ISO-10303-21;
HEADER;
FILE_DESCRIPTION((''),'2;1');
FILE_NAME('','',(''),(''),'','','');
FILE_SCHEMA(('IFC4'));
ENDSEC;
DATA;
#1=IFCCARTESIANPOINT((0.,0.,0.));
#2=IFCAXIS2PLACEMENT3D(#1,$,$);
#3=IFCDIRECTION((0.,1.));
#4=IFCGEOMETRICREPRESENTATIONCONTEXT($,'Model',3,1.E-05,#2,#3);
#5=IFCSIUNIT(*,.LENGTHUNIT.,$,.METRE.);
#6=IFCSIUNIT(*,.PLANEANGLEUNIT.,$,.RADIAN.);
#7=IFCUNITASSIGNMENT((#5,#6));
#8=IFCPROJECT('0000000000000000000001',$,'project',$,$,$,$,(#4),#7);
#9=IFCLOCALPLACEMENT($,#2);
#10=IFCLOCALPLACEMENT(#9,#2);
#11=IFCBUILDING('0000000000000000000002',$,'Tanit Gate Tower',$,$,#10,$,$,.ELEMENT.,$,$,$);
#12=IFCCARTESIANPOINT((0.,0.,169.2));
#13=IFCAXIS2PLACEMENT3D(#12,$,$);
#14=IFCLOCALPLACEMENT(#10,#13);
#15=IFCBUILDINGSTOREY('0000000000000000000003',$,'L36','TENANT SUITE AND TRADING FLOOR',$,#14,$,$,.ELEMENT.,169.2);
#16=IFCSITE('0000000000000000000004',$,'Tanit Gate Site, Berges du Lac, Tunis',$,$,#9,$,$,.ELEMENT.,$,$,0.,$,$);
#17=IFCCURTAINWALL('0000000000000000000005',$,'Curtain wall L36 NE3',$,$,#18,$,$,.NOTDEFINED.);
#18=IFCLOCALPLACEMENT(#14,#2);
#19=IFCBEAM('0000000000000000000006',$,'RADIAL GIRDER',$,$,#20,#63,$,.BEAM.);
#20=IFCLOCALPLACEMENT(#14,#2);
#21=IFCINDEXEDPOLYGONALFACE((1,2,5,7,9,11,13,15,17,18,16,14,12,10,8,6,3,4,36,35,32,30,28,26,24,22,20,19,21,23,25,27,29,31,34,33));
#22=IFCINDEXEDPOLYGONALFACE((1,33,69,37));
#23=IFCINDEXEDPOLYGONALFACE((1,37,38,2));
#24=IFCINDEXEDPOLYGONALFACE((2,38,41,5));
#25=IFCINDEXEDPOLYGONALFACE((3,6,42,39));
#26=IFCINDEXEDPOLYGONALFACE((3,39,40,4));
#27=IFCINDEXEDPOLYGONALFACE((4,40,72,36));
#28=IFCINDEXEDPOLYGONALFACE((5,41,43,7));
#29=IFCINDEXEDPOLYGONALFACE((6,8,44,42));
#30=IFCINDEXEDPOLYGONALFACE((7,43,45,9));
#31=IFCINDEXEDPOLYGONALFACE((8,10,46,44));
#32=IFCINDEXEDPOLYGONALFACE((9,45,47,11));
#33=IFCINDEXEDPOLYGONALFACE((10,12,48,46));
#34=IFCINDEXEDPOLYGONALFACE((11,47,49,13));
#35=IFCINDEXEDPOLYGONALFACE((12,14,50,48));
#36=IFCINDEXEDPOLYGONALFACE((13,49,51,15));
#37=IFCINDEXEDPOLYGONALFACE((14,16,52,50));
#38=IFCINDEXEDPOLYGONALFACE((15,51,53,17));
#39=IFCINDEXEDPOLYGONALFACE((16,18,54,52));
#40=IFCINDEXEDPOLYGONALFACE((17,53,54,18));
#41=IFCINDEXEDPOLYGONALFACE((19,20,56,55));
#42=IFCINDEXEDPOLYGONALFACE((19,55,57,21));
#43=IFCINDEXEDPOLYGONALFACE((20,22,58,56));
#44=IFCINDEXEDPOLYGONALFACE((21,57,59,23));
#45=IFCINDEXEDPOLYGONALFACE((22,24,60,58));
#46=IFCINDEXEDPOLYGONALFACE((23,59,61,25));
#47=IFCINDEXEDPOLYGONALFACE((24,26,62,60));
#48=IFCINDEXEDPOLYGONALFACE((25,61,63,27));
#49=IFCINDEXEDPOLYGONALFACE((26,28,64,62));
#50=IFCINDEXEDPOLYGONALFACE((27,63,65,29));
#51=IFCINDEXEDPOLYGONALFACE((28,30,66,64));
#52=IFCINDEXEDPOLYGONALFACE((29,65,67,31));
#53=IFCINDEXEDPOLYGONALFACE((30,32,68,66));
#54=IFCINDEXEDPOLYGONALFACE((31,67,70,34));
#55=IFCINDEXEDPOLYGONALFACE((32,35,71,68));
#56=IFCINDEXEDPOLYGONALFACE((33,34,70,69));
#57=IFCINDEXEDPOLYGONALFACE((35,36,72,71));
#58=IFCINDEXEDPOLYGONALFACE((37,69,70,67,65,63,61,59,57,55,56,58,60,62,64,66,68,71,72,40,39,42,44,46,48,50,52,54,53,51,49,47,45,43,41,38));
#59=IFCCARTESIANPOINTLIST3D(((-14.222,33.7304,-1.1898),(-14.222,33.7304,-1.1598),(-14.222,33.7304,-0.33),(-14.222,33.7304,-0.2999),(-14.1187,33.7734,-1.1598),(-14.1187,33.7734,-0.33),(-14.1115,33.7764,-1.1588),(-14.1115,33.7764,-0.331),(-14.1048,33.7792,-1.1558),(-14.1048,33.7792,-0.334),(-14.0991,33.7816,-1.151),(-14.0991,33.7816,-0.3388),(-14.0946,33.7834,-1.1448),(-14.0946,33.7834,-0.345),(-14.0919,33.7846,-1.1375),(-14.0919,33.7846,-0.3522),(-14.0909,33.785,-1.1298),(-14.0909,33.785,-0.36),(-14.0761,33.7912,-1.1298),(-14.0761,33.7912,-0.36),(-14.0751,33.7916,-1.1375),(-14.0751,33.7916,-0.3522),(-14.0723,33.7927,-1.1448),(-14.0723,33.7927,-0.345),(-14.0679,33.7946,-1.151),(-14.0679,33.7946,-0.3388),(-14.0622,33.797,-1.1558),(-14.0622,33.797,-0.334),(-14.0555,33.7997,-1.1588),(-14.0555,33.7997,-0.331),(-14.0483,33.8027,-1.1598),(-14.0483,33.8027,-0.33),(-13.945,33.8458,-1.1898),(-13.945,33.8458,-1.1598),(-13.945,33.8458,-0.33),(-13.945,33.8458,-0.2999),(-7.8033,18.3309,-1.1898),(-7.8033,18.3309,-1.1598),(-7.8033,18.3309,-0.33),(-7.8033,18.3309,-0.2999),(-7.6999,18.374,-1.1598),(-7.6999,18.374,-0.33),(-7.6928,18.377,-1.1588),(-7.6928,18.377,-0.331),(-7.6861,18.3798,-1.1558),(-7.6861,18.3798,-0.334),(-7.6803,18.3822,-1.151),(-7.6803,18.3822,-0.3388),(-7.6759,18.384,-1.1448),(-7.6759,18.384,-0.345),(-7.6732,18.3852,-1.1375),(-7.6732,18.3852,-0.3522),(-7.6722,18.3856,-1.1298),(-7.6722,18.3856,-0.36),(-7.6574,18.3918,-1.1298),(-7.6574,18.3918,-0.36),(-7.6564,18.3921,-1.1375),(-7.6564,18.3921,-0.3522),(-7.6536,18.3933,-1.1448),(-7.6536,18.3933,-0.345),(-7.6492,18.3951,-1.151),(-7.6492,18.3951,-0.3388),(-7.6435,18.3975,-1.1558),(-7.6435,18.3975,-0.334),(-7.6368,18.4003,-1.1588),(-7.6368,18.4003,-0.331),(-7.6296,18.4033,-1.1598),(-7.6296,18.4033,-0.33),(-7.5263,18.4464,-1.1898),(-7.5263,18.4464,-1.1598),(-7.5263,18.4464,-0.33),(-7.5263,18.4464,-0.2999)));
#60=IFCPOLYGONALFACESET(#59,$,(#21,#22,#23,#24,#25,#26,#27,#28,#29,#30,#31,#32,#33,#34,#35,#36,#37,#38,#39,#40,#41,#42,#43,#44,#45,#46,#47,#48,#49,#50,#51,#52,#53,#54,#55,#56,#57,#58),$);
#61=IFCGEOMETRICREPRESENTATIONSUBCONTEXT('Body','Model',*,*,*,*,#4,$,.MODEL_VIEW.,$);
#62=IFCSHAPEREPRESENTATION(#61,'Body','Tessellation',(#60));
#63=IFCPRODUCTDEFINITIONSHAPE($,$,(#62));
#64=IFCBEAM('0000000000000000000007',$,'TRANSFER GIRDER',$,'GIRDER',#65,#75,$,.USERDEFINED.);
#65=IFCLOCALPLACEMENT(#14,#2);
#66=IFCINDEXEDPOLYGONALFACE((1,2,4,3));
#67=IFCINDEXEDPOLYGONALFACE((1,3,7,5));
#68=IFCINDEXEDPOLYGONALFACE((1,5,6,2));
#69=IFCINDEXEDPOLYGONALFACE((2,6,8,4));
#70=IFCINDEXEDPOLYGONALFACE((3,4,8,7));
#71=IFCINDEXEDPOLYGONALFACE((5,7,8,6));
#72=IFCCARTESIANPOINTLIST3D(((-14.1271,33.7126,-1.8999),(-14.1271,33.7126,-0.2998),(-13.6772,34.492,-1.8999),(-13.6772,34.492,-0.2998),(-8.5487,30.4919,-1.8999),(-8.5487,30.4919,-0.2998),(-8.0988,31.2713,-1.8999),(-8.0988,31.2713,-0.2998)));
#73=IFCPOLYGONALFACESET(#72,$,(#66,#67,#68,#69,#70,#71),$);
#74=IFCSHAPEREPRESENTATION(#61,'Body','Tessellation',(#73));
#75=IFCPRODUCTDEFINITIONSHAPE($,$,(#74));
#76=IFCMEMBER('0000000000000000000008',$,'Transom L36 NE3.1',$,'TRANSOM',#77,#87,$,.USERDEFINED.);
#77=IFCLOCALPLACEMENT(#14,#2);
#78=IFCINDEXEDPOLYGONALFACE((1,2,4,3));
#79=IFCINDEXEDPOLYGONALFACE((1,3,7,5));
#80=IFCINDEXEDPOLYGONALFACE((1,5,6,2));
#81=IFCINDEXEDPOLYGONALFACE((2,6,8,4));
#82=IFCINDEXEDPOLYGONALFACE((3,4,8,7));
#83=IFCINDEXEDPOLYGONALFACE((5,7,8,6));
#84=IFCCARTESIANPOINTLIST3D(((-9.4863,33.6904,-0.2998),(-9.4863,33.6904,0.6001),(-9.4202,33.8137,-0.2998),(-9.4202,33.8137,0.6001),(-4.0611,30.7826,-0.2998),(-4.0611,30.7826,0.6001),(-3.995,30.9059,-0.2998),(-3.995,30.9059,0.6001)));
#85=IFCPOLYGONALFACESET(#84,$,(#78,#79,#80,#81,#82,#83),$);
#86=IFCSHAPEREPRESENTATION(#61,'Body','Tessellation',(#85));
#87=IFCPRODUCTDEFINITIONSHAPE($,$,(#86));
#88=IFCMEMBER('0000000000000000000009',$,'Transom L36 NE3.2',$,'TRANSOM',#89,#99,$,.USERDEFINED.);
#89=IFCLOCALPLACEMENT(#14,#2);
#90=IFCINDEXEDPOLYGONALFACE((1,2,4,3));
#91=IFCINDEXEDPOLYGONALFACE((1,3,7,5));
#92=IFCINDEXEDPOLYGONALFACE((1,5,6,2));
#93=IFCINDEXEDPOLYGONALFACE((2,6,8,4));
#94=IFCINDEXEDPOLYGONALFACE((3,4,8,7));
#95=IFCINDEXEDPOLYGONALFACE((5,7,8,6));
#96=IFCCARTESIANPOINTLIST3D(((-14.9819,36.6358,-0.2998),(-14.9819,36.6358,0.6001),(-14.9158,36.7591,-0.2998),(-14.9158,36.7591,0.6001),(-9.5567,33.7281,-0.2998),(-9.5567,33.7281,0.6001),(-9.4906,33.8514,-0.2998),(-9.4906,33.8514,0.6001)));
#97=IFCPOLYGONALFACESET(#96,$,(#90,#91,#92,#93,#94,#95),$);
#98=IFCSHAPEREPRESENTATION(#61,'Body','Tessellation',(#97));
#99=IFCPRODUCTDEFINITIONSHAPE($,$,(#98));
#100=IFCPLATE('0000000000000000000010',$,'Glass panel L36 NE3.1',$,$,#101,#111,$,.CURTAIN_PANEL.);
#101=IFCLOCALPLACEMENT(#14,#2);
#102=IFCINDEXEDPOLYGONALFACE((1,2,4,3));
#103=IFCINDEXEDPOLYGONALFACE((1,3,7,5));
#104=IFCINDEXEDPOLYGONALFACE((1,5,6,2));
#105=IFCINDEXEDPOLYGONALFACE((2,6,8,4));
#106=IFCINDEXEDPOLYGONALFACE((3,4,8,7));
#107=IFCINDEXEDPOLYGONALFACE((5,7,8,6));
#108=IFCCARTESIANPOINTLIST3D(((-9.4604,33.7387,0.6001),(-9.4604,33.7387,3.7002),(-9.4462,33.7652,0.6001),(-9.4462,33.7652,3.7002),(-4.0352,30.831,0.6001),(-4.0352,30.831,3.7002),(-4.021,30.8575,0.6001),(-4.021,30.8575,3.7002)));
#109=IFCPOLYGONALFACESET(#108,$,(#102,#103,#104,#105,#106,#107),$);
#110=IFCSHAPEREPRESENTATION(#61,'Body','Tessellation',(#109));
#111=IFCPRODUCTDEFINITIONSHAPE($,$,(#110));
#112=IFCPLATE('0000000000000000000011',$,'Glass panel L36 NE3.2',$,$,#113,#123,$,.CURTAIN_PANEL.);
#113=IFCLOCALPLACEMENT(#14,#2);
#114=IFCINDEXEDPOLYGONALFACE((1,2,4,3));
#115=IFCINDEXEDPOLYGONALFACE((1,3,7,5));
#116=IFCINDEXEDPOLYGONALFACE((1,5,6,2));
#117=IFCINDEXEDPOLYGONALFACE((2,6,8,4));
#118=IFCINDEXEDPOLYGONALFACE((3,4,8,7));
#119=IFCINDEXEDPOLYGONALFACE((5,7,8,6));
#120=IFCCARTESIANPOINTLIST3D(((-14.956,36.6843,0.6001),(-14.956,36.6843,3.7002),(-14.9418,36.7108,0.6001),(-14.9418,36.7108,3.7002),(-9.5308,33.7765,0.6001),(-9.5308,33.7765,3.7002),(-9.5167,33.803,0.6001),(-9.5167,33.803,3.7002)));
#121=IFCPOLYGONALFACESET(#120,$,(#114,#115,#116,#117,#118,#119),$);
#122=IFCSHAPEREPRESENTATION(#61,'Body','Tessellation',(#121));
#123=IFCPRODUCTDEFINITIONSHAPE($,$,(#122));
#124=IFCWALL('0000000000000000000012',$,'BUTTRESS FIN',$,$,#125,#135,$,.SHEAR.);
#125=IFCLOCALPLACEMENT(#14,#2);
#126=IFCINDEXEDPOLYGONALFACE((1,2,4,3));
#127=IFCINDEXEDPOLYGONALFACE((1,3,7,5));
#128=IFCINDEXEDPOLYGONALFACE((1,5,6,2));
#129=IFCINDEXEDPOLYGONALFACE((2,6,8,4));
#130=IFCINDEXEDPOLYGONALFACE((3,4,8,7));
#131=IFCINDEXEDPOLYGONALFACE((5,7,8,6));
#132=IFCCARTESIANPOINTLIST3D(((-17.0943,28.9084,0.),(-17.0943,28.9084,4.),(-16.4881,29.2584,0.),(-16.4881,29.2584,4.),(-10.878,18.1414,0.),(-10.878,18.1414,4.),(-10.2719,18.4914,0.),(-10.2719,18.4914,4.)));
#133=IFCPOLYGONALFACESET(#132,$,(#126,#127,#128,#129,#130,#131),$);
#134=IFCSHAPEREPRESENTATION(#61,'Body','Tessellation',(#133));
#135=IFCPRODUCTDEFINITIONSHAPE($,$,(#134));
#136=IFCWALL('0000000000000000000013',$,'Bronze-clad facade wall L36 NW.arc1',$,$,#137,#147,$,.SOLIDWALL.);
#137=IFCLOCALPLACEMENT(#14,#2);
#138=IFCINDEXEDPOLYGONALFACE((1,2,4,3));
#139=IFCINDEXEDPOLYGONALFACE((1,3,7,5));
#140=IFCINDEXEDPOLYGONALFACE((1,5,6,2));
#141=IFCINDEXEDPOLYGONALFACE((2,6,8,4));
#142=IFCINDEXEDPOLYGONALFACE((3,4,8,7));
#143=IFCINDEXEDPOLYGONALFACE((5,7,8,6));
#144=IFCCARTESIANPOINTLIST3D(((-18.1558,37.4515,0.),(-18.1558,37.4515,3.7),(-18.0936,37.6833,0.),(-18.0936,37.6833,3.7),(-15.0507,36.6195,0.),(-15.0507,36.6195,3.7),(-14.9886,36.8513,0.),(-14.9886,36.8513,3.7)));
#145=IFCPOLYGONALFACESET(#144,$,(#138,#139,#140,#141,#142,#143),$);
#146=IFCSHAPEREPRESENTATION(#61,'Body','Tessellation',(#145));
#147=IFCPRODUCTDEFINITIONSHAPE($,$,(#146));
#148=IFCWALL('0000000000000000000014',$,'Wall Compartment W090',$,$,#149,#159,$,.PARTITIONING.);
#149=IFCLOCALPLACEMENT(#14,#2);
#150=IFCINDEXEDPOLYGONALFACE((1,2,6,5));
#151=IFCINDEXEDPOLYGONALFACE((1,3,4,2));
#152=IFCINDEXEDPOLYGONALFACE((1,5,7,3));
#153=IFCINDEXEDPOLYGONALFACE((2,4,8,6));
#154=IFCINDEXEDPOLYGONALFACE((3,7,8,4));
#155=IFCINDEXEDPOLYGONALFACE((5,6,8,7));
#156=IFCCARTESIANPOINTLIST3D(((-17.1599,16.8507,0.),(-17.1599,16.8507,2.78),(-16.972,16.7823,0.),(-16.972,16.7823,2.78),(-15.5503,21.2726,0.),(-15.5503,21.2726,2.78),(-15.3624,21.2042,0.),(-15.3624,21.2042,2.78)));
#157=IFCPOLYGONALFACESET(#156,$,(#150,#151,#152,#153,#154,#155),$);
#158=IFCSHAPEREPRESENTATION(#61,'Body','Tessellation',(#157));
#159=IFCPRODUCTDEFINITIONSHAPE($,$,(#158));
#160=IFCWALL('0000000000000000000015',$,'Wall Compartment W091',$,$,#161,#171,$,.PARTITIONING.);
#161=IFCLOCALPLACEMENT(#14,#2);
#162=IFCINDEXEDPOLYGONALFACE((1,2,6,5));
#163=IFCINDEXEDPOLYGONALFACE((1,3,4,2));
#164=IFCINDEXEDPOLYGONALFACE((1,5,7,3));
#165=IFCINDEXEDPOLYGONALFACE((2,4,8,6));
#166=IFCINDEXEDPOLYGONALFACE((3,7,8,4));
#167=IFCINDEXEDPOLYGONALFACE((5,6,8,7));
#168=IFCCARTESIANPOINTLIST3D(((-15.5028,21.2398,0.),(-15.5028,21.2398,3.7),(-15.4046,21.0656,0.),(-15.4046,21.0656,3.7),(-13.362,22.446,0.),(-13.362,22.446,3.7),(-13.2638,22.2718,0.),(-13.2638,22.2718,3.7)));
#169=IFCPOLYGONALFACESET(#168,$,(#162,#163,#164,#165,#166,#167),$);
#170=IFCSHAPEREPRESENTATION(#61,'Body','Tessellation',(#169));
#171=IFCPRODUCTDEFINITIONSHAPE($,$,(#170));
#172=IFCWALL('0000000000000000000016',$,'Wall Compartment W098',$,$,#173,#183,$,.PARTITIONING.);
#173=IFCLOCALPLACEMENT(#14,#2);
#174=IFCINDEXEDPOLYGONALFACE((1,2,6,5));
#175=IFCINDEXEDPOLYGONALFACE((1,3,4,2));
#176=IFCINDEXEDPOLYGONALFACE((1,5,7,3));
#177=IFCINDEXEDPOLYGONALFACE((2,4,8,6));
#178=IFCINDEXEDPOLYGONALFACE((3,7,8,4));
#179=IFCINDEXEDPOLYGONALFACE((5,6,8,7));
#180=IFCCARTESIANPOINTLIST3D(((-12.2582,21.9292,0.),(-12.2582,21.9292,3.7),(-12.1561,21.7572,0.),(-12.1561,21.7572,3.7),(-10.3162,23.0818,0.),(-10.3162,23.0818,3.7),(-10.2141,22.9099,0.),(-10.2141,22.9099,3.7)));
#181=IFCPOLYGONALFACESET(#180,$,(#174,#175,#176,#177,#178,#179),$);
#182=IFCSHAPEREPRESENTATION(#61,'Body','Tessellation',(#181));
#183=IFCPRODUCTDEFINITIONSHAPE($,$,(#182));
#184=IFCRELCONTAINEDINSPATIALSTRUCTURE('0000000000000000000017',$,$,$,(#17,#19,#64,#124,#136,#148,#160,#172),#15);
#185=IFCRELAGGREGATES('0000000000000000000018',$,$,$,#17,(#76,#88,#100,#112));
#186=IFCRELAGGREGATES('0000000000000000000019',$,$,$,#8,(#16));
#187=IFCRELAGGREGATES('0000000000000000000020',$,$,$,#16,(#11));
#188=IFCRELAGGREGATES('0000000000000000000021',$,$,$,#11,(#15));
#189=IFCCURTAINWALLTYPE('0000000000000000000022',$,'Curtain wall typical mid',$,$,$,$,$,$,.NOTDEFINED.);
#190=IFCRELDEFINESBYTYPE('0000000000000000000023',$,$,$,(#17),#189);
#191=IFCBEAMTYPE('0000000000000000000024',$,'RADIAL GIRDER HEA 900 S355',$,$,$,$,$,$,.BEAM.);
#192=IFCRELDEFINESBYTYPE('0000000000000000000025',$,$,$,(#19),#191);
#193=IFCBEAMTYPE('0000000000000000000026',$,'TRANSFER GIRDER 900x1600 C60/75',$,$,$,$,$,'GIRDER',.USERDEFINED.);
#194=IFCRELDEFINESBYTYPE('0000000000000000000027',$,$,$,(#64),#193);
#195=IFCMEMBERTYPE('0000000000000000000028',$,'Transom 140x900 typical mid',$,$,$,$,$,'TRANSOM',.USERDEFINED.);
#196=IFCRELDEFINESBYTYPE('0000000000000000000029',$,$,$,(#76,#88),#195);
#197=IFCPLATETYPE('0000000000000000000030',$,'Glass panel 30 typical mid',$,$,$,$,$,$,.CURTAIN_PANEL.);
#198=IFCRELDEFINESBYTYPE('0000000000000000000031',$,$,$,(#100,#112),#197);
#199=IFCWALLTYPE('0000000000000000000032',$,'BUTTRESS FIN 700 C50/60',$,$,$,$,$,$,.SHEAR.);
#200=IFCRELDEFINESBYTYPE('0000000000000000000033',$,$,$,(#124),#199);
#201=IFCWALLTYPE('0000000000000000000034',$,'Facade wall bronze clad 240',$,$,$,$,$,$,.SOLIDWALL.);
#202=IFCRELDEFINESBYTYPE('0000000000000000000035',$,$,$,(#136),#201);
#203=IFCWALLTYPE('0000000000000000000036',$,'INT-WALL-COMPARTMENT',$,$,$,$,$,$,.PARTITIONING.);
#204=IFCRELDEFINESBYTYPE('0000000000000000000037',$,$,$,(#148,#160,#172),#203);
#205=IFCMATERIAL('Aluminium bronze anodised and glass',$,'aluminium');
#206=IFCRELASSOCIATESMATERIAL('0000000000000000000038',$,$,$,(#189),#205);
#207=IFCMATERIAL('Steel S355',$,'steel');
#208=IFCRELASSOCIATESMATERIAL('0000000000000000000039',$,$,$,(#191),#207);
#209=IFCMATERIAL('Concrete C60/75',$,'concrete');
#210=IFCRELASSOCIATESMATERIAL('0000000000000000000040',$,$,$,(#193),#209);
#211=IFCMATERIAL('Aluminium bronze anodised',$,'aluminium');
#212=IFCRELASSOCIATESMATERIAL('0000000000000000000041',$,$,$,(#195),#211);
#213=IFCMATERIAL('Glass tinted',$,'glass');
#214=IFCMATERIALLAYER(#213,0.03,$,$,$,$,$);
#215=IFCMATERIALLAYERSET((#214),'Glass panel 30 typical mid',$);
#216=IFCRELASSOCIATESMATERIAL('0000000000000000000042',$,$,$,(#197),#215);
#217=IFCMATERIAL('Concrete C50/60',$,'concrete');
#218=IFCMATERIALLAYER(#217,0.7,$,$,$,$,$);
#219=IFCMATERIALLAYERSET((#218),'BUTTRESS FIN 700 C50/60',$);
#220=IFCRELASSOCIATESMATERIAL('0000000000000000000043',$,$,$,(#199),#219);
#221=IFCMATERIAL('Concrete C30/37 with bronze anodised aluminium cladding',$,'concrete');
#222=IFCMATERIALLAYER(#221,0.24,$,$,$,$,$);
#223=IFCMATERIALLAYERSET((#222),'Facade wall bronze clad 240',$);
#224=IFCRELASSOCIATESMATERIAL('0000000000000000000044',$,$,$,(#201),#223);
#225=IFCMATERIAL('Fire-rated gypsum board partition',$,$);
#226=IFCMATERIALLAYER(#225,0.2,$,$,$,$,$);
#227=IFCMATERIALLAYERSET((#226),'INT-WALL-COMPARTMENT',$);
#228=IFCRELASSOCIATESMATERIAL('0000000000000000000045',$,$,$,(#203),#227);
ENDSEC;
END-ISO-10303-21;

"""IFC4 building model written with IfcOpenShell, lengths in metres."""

from ifc_helpers import new_model, si_unit, direction, frame, frame_2d, origin, origin_2d, place, context, subcontext, project, spatial, rectangle, i_section, extrude, material, layer, layer_set, material_profile, profile_set, type_object, element, aggregate, save


model = new_model("IFC4")

# Units and contexts
model_context = context("Model", 3, precision=1e-05, world=origin(), true_north=direction((0.0, 1.0)))
body_context = subcontext(model_context, "Body", "Model", "MODEL_VIEW")
ifc_project = project(units=[si_unit("LENGTHUNIT", "METRE"), si_unit("PLANEANGLEUNIT", "RADIAN")], contexts=[model_context])

# Site, building, storey
site_placement = place(None, origin())
site = spatial("IfcSite", under=ifc_project, at=site_placement, Name="Tanit Gate Site, Berges du Lac, Tunis", CompositionType="ELEMENT", RefElevation=0.0)
building_placement = place(site_placement, origin())
building = spatial("IfcBuilding", under=site, at=building_placement, Name="Tanit Gate Tower", CompositionType="ELEMENT")
storey_placement = place(building_placement, frame((0.0, 0.0, 169.2)))
storey = spatial("IfcBuildingStorey", under=building, at=storey_placement, Name="L36", Description="TENANT SUITE AND TRADING FLOOR", CompositionType="ELEMENT", Elevation=169.2)

# Curtain wall
ifc_material_1 = material(Name="Aluminium bronze anodised and glass", Category="aluminium")
curtain_wall_type = type_object("IfcCurtainWallType", Name="Curtain wall typical mid", PredefinedType="NOTDEFINED", material=ifc_material_1)
curtain_wall_1_placement = place(storey_placement, origin())
curtain_wall_1 = element("IfcCurtainWall", 1, at=curtain_wall_1_placement, inside=storey, type_object=curtain_wall_type, Name="Curtain wall L36 NE3", PredefinedType="NOTDEFINED")

# Beams
ifc_material_2 = material(Name="Steel S355", Category="steel")
ifc_material_profile_1 = material_profile(ifc_material_2, i_section(OverallWidth=0.3, OverallDepth=0.8899, WebThickness=0.0161, FlangeThickness=0.03, FilletRadius=0.03, at=origin_2d()), Name="HEA 900")
ifc_profile_set_1 = profile_set([ifc_material_profile_1], Name="Steel S355")
beam_type_1 = type_object("IfcBeamType", Name="RADIAL GIRDER HEA 900 S355", PredefinedType="BEAM", material=ifc_profile_set_1)
beam_1_placement = place(storey_placement, frame((-14.0835, 33.7881, -0.7449), z_axis=(0.384732, -0.923028, 0.0), x_axis=(0.923028, 0.384732, 0.0)))
element("IfcBeam", 2, at=beam_1_placement, inside=storey, type_object=beam_type_1, Name="RADIAL GIRDER", PredefinedType="BEAM", context=body_context, shape_type="SweptSolid", body=[
    extrude(i_section(OverallWidth=0.3, OverallDepth=0.8899, WebThickness=0.0161, FlangeThickness=0.03, FilletRadius=0.03, at=origin_2d()), origin(), (0.0, 0.0, 1.0), 16.6836),
])
ifc_material_3 = material(Name="Concrete C60/75", Category="concrete")
ifc_material_profile_2 = material_profile(ifc_material_3, rectangle(XDim=0.8999, YDim=1.6001, at=origin_2d()), Name="RC 900x1600")
ifc_profile_set_2 = profile_set([ifc_material_profile_2], Name="Concrete C60/75")
beam_type_2 = type_object("IfcBeamType", Name="TRANSFER GIRDER 900x1600 C60/75", ElementType="GIRDER", PredefinedType="USERDEFINED", material=ifc_profile_set_2)
beam_2_placement = place(storey_placement, frame((-8.3237, 30.8816, -1.0999), z_axis=(-0.866023, 0.500004, 0.0), x_axis=(-0.500004, -0.866023, 0.0)))
element("IfcBeam", 3, at=beam_2_placement, inside=storey, type_object=beam_type_2, Name="TRANSFER GIRDER", ObjectType="GIRDER", PredefinedType="USERDEFINED", context=body_context, shape_type="SweptSolid", body=[
    extrude(rectangle(XDim=0.8999, YDim=1.6001, at=origin_2d()), origin(), (0.0, 0.0, 1.0), 6.4414),
])

# Members
ifc_material_4 = material(Name="Aluminium bronze anodised", Category="aluminium")
ifc_material_profile_3 = material_profile(ifc_material_4, rectangle(XDim=0.1399, YDim=0.8999, at=origin_2d()), Name="140x900 bronze transom")
ifc_profile_set_3 = profile_set([ifc_material_profile_3], Name="Aluminium bronze anodised")
member_type_1 = type_object("IfcMemberType", Name="Transom 140x900 typical mid", ElementType="TRANSOM", PredefinedType="USERDEFINED", material=ifc_profile_set_3)
member_1_placement = place(storey_placement, frame((-4.0281, 30.8442, 0.1501), z_axis=(-0.881383, 0.472403, 0.0), x_axis=(-0.472403, -0.881383, 0.0)))
member_1 = element("IfcMember", 4, at=member_1_placement, type_object=member_type_1, Name="Transom L36 NE3.1", ObjectType="TRANSOM", PredefinedType="USERDEFINED", context=body_context, shape_type="SweptSolid", body=[
    extrude(rectangle(XDim=0.1399, YDim=0.8999, at=origin_2d()), origin(), (0.0, 0.0, 1.0), 6.1553),
])
member_2_placement = place(storey_placement, frame((-9.5237, 33.7898, 0.1501), z_axis=(-0.881392, 0.472387, 0.0), x_axis=(-0.472387, -0.881392, 0.0)))
member_2 = element("IfcMember", 5, at=member_2_placement, type_object=member_type_1, Name="Transom L36 NE3.2", ObjectType="TRANSOM", PredefinedType="USERDEFINED", context=body_context, shape_type="SweptSolid", body=[
    extrude(rectangle(XDim=0.1399, YDim=0.8999, at=origin_2d()), origin(), (0.0, 0.0, 1.0), 6.1553),
])

# Plates
ifc_material_5 = material(Name="Glass tinted", Category="glass")
ifc_layer_1 = layer(ifc_material_5, 0.03)
ifc_layer_set_1 = layer_set([ifc_layer_1], Name="Glass panel 30 typical mid")
plate_type = type_object("IfcPlateType", Name="Glass panel 30 typical mid", PredefinedType="CURTAIN_PANEL", material=ifc_layer_set_1)
plate_1_placement = place(storey_placement, frame((-6.7407, 32.2981, 0.6001), z_axis=(0.0, 0.0, 1.0), x_axis=(-0.881385, 0.472399, 0.0)))
plate_1 = element("IfcPlate", 6, at=plate_1_placement, type_object=plate_type, Name="Glass panel L36 NE3.1", PredefinedType="CURTAIN_PANEL", context=body_context, shape_type="SweptSolid", body=[
    extrude(rectangle(XDim=6.1553, YDim=0.03, at=origin_2d()), origin(), (0.0, 0.0, 1.0), 3.1001),
])
plate_2_placement = place(storey_placement, frame((-12.2363, 35.2437, 0.6001), z_axis=(0.0, 0.0, 1.0), x_axis=(-0.881385, 0.472399, 0.0)))
plate_2 = element("IfcPlate", 7, at=plate_2_placement, type_object=plate_type, Name="Glass panel L36 NE3.2", PredefinedType="CURTAIN_PANEL", context=body_context, shape_type="SweptSolid", body=[
    extrude(rectangle(XDim=6.1553, YDim=0.03, at=origin_2d()), origin(), (0.0, 0.0, 1.0), 3.1001),
])
aggregate(curtain_wall_1, [member_1, member_2, plate_1, plate_2])

# Walls
ifc_material_6 = material(Name="Concrete C50/60", Category="concrete")
ifc_layer_2 = layer(ifc_material_6, 0.7)
ifc_layer_set_2 = layer_set([ifc_layer_2], Name="BUTTRESS FIN 700 C50/60")
wall_type_1 = type_object("IfcWallType", Name="BUTTRESS FIN 700 C50/60", PredefinedType="SHEAR", material=ifc_layer_set_2)
wall_1_placement = place(storey_placement, frame((-10.575, 18.3164, 0.0), z_axis=(0.0, 0.0, 1.0), x_axis=(-0.499996, 0.866028, 0.0)))
element("IfcWall", 8, at=wall_1_placement, inside=storey, type_object=wall_type_1, Name="BUTTRESS FIN", PredefinedType="SHEAR", context=body_context, shape_type="SweptSolid", body=[
    extrude(rectangle(XDim=12.4326, YDim=0.7, at=frame_2d((6.2163, 0.0))), origin(), (0.0, 0.0, 1.0), 4.0),
])
ifc_material_7 = material(Name="Concrete C30/37 with bronze anodised aluminium cladding", Category="concrete")
ifc_layer_3 = layer(ifc_material_7, 0.24)
ifc_layer_set_3 = layer_set([ifc_layer_3], Name="Facade wall bronze clad 240")
wall_type_2 = type_object("IfcWallType", Name="Facade wall bronze clad 240", PredefinedType="SOLIDWALL", material=ifc_layer_set_3)
wall_2_placement = place(storey_placement, frame((-15.0195, 36.7354, 0.0), z_axis=(0.0, 0.0, 1.0), x_axis=(-0.965922, 0.258835, 0.0)))
element("IfcWall", 9, at=wall_2_placement, inside=storey, type_object=wall_type_2, Name="Bronze-clad facade wall L36 NW.arc1", PredefinedType="SOLIDWALL", context=body_context, shape_type="SweptSolid", body=[
    extrude(rectangle(XDim=3.2146, YDim=0.24, at=frame_2d((1.6074, 0.0))), origin(), (0.0, 0.0, 1.0), 3.7),
])
ifc_material_8 = material(Name="Fire-rated gypsum board partition")
ifc_layer_4 = layer(ifc_material_8, 0.2)
ifc_layer_set_4 = layer_set([ifc_layer_4], Name="INT-WALL-COMPARTMENT")
wall_type_3 = type_object("IfcWallType", Name="INT-WALL-COMPARTMENT", PredefinedType="PARTITIONING", material=ifc_layer_set_4)
wall_3_placement = place(storey_placement, frame((-15.4563, 21.2385, 0.0), z_axis=(0.0, 0.0, 1.0), x_axis=(-0.342055, -0.93968, 0.0)))
element("IfcWall", 10, at=wall_3_placement, inside=storey, type_object=wall_type_3, Name="Wall Compartment W090", PredefinedType="PARTITIONING", context=body_context, shape_type="SweptSolid", body=[
    extrude(rectangle(XDim=4.7058, YDim=0.2, at=frame_2d((2.353, 0.0))), origin(), (0.0, 0.0, 1.0), 2.78),
])
wall_4_placement = place(storey_placement, frame((-13.313, 22.3589, 0.0), z_axis=(0.0, 0.0, 1.0), x_axis=(-0.871217, -0.490898, 0.0)))
element("IfcWall", 11, at=wall_4_placement, inside=storey, type_object=wall_type_3, Name="Wall Compartment W091", PredefinedType="PARTITIONING", context=body_context, shape_type="SweptSolid", body=[
    extrude(rectangle(XDim=2.4573, YDim=0.2, at=frame_2d((1.2285, 0.0))), origin(), (0.0, 0.0, 1.0), 3.7),
])
wall_5_placement = place(storey_placement, frame((-10.2651, 22.9958, 0.0), z_axis=(0.0, 0.0, 1.0), x_axis=(-0.859935, -0.510404, 0.0)))
element("IfcWall", 12, at=wall_5_placement, inside=storey, type_object=wall_type_3, Name="Wall Compartment W098", PredefinedType="PARTITIONING", context=body_context, shape_type="SweptSolid", body=[
    extrude(rectangle(XDim=2.2583, YDim=0.2, at=frame_2d((1.1292, 0.0))), origin(), (0.0, 0.0, 1.0), 3.7),
])

save(model, "model.ifc")
